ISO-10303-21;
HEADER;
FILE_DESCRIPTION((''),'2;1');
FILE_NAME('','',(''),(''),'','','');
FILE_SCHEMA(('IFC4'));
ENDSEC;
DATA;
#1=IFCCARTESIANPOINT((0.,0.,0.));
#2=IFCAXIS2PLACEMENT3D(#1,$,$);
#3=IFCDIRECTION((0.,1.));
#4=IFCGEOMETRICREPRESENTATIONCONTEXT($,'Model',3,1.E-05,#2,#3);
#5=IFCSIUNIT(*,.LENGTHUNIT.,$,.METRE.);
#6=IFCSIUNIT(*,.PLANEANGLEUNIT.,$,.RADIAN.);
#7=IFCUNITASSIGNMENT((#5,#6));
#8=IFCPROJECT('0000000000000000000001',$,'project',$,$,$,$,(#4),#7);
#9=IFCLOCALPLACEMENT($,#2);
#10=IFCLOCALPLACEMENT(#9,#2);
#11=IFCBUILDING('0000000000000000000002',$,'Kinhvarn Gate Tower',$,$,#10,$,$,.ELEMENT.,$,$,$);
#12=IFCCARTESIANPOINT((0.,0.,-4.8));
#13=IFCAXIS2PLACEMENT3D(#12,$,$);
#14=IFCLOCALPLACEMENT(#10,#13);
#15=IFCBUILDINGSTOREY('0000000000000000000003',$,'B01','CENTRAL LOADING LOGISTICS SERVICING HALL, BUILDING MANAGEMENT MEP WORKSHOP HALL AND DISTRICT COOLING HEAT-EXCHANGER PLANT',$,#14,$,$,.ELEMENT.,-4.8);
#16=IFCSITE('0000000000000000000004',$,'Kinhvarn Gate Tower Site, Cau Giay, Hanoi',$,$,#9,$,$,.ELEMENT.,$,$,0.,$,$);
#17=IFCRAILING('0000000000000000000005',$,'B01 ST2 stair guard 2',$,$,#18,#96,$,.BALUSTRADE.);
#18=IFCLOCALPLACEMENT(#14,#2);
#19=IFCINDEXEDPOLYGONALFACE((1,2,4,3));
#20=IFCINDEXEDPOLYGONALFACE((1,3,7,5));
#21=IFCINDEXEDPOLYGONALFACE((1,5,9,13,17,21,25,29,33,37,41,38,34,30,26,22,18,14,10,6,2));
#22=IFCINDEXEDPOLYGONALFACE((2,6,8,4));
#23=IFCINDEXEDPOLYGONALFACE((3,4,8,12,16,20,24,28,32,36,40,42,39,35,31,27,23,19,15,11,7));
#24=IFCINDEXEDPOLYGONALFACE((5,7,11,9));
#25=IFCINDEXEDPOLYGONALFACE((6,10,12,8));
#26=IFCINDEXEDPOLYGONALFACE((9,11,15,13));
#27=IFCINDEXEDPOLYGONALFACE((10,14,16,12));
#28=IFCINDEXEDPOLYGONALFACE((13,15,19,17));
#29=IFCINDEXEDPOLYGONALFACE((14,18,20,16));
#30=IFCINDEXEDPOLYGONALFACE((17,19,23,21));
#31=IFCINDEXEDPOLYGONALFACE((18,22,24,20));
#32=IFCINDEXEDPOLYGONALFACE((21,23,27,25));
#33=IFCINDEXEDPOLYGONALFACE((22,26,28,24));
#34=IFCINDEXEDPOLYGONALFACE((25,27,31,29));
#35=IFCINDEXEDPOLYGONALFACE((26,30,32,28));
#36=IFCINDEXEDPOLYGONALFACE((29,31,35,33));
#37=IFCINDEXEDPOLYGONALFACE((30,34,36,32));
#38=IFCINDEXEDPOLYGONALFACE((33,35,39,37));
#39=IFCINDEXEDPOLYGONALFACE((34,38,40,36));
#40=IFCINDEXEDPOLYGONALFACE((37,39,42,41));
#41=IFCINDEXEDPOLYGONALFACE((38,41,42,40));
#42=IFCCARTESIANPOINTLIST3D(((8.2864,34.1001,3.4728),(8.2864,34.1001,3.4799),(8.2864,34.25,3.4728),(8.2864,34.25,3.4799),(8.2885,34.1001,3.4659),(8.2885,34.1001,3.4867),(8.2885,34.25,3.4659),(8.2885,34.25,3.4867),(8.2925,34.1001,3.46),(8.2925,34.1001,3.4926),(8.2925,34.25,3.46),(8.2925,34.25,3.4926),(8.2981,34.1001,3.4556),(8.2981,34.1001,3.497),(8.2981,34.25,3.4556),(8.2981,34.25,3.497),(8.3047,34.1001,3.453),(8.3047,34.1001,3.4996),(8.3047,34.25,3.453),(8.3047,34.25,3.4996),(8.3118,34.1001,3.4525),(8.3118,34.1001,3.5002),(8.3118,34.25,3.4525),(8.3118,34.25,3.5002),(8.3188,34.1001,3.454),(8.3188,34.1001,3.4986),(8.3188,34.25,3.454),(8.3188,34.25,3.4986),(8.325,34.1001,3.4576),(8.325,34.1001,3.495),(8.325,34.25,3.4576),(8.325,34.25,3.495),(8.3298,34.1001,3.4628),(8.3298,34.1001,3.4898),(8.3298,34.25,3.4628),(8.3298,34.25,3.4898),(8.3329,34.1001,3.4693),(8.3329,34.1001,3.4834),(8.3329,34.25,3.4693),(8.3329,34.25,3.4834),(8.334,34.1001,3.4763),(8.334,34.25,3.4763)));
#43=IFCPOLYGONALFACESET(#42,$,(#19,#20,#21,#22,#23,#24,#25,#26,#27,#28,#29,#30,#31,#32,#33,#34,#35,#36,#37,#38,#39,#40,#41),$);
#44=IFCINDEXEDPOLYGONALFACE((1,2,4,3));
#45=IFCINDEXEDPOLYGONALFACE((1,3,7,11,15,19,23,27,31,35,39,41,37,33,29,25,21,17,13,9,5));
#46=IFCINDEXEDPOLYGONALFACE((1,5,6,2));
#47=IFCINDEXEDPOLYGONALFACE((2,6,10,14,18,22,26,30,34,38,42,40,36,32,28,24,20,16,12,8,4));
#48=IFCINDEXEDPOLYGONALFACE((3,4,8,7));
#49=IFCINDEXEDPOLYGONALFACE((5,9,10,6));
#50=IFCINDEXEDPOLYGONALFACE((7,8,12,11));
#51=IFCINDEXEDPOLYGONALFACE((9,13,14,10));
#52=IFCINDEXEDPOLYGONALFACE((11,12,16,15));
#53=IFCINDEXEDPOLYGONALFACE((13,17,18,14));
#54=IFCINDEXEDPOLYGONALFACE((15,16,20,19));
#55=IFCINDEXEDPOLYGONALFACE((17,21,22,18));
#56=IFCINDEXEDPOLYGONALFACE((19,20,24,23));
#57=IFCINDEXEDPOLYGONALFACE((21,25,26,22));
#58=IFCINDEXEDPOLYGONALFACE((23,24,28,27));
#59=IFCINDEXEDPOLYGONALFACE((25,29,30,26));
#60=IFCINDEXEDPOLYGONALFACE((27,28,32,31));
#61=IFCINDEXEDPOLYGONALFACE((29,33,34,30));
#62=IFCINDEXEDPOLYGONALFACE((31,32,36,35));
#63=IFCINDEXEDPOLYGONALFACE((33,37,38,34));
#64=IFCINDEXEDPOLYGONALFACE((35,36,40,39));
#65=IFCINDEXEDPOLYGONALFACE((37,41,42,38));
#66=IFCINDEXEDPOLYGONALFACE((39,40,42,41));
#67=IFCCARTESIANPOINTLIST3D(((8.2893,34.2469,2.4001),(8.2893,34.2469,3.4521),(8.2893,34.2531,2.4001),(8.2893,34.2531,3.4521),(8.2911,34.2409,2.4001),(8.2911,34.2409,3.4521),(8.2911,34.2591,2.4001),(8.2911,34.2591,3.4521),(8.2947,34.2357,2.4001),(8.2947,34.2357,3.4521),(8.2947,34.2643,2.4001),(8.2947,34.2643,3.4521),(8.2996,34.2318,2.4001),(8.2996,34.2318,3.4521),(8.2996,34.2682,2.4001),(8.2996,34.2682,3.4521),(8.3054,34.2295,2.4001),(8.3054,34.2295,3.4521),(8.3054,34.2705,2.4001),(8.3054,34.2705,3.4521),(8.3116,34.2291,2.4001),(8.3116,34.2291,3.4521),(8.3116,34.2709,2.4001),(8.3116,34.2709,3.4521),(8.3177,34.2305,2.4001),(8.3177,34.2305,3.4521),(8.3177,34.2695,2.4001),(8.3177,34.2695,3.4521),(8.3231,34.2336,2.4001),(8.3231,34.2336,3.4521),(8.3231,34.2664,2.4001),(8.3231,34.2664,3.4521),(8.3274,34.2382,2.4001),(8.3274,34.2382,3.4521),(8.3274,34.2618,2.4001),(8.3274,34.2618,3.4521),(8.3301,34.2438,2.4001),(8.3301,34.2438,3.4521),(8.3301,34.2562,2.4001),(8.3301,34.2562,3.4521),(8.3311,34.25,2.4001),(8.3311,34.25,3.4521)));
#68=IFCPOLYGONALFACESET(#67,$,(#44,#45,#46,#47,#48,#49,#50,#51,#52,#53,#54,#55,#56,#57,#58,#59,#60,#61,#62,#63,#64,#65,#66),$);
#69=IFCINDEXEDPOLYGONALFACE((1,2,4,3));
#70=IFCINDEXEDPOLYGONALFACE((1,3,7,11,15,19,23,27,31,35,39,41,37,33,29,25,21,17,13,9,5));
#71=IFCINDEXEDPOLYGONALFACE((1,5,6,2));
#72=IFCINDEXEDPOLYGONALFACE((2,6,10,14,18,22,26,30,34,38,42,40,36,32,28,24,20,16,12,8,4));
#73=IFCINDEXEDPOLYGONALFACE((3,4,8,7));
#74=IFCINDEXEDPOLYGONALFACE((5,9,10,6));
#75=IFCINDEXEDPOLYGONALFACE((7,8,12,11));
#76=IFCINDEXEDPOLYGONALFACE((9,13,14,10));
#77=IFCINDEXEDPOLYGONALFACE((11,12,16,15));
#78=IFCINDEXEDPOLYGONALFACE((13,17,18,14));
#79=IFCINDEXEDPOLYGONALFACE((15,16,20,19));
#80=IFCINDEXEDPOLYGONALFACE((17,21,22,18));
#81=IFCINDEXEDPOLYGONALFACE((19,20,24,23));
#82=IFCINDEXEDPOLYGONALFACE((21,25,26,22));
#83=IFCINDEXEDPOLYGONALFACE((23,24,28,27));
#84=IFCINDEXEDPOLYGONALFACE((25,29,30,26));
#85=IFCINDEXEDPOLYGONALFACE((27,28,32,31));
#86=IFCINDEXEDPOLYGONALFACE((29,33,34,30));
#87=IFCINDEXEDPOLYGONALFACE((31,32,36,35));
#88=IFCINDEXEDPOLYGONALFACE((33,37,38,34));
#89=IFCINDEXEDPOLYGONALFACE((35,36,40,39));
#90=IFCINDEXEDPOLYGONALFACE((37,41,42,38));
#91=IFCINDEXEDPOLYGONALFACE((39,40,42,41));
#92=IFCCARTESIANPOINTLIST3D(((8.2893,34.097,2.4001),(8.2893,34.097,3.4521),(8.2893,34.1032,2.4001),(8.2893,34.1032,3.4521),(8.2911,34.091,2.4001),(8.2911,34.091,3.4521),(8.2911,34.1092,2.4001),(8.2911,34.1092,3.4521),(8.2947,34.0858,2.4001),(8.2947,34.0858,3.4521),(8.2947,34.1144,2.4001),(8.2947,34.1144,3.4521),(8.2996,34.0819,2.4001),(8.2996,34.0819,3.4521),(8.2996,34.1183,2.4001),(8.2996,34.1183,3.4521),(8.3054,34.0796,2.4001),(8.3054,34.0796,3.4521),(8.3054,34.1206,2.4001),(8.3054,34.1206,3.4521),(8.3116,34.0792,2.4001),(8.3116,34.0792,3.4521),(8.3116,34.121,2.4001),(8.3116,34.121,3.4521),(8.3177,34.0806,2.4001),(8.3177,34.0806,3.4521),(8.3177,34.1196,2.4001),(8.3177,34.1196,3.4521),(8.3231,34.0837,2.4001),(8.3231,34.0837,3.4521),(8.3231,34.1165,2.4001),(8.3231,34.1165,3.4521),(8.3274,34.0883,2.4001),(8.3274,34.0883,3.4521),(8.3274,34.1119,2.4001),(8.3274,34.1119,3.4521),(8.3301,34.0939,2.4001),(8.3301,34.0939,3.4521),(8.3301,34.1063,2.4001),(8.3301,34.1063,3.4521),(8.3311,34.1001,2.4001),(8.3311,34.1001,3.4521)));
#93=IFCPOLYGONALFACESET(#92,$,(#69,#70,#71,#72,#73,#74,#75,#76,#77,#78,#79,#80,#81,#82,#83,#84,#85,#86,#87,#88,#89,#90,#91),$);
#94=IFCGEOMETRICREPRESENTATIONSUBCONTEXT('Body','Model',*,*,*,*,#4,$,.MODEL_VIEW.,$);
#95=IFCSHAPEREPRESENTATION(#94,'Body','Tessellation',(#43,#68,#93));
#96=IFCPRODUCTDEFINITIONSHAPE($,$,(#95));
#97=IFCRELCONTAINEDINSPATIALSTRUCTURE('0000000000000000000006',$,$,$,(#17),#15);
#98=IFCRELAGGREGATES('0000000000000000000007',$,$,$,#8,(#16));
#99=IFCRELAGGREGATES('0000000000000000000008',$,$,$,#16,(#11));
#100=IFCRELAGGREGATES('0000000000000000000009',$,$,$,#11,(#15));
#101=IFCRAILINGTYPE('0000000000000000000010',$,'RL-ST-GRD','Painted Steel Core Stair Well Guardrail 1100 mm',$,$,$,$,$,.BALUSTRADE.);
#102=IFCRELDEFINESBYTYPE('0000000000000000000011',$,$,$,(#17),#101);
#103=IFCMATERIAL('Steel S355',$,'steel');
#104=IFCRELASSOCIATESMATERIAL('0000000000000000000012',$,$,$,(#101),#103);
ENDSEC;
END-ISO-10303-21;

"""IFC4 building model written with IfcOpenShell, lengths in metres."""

from ifc_helpers import new_model, si_unit, direction, frame, origin, origin_2d, place, context, subcontext, project, spatial, circle, extrude, material, type_object, element, save


model = new_model("IFC4")

# Units and contexts
model_context = context("Model", 3, precision=1e-05, world=origin(), true_north=direction((0.0, 1.0)))
body_context = subcontext(model_context, "Body", "Model", "MODEL_VIEW")
ifc_project = project(units=[si_unit("LENGTHUNIT", "METRE"), si_unit("PLANEANGLEUNIT", "RADIAN")], contexts=[model_context])

# Site, building, storey
site_placement = place(None, origin())
site = spatial("IfcSite", under=ifc_project, at=site_placement, Name="Kinhvarn Gate Tower Site, Cau Giay, Hanoi", CompositionType="ELEMENT", RefElevation=0.0)
building_placement = place(site_placement, origin())
building = spatial("IfcBuilding", under=site, at=building_placement, Name="Kinhvarn Gate Tower", CompositionType="ELEMENT")
storey_placement = place(building_placement, frame((0.0, 0.0, -4.8)))
storey = spatial("IfcBuildingStorey", under=building, at=storey_placement, Name="B01", Description="CENTRAL LOADING LOGISTICS SERVICING HALL, BUILDING MANAGEMENT MEP WORKSHOP HALL AND DISTRICT COOLING HEAT-EXCHANGER PLANT", CompositionType="ELEMENT", Elevation=-4.8)

# Shared definitions
ifc_material_1 = material(Name="Steel S355", Category="steel")

# Railing
railing_type_1 = type_object("IfcRailingType", Name="RL-ST-GRD", Description="Painted Steel Core Stair Well Guardrail 1100 mm", PredefinedType="BALUSTRADE", material=ifc_material_1)
railing_1_placement = place(storey_placement, frame((8.3101, 34.25, 2.4001)))
element("IfcRailing", 1, at=railing_1_placement, inside=storey, type_object=railing_type_1, Name="B01 ST2 stair guard 2", PredefinedType="BALUSTRADE", context=body_context, shape_type="SweptSolid", body=[
    extrude(circle(Radius=0.0239, at=origin_2d()), frame((0.0, 0.0, 1.0762), z_axis=(0.0, -1.0, 0.0), x_axis=(1.0, 0.0, 0.0)), (0.0, 0.0, 1.0), 0.1499),
    extrude(circle(Radius=0.021, at=origin_2d()), origin(), (0.0, 0.0, 1.0), 1.052),
    extrude(circle(Radius=0.021, at=origin_2d()), frame((0.0, -0.1499, 0.0)), (0.0, 0.0, 1.0), 1.052),
])

save(model, "model.ifc")
